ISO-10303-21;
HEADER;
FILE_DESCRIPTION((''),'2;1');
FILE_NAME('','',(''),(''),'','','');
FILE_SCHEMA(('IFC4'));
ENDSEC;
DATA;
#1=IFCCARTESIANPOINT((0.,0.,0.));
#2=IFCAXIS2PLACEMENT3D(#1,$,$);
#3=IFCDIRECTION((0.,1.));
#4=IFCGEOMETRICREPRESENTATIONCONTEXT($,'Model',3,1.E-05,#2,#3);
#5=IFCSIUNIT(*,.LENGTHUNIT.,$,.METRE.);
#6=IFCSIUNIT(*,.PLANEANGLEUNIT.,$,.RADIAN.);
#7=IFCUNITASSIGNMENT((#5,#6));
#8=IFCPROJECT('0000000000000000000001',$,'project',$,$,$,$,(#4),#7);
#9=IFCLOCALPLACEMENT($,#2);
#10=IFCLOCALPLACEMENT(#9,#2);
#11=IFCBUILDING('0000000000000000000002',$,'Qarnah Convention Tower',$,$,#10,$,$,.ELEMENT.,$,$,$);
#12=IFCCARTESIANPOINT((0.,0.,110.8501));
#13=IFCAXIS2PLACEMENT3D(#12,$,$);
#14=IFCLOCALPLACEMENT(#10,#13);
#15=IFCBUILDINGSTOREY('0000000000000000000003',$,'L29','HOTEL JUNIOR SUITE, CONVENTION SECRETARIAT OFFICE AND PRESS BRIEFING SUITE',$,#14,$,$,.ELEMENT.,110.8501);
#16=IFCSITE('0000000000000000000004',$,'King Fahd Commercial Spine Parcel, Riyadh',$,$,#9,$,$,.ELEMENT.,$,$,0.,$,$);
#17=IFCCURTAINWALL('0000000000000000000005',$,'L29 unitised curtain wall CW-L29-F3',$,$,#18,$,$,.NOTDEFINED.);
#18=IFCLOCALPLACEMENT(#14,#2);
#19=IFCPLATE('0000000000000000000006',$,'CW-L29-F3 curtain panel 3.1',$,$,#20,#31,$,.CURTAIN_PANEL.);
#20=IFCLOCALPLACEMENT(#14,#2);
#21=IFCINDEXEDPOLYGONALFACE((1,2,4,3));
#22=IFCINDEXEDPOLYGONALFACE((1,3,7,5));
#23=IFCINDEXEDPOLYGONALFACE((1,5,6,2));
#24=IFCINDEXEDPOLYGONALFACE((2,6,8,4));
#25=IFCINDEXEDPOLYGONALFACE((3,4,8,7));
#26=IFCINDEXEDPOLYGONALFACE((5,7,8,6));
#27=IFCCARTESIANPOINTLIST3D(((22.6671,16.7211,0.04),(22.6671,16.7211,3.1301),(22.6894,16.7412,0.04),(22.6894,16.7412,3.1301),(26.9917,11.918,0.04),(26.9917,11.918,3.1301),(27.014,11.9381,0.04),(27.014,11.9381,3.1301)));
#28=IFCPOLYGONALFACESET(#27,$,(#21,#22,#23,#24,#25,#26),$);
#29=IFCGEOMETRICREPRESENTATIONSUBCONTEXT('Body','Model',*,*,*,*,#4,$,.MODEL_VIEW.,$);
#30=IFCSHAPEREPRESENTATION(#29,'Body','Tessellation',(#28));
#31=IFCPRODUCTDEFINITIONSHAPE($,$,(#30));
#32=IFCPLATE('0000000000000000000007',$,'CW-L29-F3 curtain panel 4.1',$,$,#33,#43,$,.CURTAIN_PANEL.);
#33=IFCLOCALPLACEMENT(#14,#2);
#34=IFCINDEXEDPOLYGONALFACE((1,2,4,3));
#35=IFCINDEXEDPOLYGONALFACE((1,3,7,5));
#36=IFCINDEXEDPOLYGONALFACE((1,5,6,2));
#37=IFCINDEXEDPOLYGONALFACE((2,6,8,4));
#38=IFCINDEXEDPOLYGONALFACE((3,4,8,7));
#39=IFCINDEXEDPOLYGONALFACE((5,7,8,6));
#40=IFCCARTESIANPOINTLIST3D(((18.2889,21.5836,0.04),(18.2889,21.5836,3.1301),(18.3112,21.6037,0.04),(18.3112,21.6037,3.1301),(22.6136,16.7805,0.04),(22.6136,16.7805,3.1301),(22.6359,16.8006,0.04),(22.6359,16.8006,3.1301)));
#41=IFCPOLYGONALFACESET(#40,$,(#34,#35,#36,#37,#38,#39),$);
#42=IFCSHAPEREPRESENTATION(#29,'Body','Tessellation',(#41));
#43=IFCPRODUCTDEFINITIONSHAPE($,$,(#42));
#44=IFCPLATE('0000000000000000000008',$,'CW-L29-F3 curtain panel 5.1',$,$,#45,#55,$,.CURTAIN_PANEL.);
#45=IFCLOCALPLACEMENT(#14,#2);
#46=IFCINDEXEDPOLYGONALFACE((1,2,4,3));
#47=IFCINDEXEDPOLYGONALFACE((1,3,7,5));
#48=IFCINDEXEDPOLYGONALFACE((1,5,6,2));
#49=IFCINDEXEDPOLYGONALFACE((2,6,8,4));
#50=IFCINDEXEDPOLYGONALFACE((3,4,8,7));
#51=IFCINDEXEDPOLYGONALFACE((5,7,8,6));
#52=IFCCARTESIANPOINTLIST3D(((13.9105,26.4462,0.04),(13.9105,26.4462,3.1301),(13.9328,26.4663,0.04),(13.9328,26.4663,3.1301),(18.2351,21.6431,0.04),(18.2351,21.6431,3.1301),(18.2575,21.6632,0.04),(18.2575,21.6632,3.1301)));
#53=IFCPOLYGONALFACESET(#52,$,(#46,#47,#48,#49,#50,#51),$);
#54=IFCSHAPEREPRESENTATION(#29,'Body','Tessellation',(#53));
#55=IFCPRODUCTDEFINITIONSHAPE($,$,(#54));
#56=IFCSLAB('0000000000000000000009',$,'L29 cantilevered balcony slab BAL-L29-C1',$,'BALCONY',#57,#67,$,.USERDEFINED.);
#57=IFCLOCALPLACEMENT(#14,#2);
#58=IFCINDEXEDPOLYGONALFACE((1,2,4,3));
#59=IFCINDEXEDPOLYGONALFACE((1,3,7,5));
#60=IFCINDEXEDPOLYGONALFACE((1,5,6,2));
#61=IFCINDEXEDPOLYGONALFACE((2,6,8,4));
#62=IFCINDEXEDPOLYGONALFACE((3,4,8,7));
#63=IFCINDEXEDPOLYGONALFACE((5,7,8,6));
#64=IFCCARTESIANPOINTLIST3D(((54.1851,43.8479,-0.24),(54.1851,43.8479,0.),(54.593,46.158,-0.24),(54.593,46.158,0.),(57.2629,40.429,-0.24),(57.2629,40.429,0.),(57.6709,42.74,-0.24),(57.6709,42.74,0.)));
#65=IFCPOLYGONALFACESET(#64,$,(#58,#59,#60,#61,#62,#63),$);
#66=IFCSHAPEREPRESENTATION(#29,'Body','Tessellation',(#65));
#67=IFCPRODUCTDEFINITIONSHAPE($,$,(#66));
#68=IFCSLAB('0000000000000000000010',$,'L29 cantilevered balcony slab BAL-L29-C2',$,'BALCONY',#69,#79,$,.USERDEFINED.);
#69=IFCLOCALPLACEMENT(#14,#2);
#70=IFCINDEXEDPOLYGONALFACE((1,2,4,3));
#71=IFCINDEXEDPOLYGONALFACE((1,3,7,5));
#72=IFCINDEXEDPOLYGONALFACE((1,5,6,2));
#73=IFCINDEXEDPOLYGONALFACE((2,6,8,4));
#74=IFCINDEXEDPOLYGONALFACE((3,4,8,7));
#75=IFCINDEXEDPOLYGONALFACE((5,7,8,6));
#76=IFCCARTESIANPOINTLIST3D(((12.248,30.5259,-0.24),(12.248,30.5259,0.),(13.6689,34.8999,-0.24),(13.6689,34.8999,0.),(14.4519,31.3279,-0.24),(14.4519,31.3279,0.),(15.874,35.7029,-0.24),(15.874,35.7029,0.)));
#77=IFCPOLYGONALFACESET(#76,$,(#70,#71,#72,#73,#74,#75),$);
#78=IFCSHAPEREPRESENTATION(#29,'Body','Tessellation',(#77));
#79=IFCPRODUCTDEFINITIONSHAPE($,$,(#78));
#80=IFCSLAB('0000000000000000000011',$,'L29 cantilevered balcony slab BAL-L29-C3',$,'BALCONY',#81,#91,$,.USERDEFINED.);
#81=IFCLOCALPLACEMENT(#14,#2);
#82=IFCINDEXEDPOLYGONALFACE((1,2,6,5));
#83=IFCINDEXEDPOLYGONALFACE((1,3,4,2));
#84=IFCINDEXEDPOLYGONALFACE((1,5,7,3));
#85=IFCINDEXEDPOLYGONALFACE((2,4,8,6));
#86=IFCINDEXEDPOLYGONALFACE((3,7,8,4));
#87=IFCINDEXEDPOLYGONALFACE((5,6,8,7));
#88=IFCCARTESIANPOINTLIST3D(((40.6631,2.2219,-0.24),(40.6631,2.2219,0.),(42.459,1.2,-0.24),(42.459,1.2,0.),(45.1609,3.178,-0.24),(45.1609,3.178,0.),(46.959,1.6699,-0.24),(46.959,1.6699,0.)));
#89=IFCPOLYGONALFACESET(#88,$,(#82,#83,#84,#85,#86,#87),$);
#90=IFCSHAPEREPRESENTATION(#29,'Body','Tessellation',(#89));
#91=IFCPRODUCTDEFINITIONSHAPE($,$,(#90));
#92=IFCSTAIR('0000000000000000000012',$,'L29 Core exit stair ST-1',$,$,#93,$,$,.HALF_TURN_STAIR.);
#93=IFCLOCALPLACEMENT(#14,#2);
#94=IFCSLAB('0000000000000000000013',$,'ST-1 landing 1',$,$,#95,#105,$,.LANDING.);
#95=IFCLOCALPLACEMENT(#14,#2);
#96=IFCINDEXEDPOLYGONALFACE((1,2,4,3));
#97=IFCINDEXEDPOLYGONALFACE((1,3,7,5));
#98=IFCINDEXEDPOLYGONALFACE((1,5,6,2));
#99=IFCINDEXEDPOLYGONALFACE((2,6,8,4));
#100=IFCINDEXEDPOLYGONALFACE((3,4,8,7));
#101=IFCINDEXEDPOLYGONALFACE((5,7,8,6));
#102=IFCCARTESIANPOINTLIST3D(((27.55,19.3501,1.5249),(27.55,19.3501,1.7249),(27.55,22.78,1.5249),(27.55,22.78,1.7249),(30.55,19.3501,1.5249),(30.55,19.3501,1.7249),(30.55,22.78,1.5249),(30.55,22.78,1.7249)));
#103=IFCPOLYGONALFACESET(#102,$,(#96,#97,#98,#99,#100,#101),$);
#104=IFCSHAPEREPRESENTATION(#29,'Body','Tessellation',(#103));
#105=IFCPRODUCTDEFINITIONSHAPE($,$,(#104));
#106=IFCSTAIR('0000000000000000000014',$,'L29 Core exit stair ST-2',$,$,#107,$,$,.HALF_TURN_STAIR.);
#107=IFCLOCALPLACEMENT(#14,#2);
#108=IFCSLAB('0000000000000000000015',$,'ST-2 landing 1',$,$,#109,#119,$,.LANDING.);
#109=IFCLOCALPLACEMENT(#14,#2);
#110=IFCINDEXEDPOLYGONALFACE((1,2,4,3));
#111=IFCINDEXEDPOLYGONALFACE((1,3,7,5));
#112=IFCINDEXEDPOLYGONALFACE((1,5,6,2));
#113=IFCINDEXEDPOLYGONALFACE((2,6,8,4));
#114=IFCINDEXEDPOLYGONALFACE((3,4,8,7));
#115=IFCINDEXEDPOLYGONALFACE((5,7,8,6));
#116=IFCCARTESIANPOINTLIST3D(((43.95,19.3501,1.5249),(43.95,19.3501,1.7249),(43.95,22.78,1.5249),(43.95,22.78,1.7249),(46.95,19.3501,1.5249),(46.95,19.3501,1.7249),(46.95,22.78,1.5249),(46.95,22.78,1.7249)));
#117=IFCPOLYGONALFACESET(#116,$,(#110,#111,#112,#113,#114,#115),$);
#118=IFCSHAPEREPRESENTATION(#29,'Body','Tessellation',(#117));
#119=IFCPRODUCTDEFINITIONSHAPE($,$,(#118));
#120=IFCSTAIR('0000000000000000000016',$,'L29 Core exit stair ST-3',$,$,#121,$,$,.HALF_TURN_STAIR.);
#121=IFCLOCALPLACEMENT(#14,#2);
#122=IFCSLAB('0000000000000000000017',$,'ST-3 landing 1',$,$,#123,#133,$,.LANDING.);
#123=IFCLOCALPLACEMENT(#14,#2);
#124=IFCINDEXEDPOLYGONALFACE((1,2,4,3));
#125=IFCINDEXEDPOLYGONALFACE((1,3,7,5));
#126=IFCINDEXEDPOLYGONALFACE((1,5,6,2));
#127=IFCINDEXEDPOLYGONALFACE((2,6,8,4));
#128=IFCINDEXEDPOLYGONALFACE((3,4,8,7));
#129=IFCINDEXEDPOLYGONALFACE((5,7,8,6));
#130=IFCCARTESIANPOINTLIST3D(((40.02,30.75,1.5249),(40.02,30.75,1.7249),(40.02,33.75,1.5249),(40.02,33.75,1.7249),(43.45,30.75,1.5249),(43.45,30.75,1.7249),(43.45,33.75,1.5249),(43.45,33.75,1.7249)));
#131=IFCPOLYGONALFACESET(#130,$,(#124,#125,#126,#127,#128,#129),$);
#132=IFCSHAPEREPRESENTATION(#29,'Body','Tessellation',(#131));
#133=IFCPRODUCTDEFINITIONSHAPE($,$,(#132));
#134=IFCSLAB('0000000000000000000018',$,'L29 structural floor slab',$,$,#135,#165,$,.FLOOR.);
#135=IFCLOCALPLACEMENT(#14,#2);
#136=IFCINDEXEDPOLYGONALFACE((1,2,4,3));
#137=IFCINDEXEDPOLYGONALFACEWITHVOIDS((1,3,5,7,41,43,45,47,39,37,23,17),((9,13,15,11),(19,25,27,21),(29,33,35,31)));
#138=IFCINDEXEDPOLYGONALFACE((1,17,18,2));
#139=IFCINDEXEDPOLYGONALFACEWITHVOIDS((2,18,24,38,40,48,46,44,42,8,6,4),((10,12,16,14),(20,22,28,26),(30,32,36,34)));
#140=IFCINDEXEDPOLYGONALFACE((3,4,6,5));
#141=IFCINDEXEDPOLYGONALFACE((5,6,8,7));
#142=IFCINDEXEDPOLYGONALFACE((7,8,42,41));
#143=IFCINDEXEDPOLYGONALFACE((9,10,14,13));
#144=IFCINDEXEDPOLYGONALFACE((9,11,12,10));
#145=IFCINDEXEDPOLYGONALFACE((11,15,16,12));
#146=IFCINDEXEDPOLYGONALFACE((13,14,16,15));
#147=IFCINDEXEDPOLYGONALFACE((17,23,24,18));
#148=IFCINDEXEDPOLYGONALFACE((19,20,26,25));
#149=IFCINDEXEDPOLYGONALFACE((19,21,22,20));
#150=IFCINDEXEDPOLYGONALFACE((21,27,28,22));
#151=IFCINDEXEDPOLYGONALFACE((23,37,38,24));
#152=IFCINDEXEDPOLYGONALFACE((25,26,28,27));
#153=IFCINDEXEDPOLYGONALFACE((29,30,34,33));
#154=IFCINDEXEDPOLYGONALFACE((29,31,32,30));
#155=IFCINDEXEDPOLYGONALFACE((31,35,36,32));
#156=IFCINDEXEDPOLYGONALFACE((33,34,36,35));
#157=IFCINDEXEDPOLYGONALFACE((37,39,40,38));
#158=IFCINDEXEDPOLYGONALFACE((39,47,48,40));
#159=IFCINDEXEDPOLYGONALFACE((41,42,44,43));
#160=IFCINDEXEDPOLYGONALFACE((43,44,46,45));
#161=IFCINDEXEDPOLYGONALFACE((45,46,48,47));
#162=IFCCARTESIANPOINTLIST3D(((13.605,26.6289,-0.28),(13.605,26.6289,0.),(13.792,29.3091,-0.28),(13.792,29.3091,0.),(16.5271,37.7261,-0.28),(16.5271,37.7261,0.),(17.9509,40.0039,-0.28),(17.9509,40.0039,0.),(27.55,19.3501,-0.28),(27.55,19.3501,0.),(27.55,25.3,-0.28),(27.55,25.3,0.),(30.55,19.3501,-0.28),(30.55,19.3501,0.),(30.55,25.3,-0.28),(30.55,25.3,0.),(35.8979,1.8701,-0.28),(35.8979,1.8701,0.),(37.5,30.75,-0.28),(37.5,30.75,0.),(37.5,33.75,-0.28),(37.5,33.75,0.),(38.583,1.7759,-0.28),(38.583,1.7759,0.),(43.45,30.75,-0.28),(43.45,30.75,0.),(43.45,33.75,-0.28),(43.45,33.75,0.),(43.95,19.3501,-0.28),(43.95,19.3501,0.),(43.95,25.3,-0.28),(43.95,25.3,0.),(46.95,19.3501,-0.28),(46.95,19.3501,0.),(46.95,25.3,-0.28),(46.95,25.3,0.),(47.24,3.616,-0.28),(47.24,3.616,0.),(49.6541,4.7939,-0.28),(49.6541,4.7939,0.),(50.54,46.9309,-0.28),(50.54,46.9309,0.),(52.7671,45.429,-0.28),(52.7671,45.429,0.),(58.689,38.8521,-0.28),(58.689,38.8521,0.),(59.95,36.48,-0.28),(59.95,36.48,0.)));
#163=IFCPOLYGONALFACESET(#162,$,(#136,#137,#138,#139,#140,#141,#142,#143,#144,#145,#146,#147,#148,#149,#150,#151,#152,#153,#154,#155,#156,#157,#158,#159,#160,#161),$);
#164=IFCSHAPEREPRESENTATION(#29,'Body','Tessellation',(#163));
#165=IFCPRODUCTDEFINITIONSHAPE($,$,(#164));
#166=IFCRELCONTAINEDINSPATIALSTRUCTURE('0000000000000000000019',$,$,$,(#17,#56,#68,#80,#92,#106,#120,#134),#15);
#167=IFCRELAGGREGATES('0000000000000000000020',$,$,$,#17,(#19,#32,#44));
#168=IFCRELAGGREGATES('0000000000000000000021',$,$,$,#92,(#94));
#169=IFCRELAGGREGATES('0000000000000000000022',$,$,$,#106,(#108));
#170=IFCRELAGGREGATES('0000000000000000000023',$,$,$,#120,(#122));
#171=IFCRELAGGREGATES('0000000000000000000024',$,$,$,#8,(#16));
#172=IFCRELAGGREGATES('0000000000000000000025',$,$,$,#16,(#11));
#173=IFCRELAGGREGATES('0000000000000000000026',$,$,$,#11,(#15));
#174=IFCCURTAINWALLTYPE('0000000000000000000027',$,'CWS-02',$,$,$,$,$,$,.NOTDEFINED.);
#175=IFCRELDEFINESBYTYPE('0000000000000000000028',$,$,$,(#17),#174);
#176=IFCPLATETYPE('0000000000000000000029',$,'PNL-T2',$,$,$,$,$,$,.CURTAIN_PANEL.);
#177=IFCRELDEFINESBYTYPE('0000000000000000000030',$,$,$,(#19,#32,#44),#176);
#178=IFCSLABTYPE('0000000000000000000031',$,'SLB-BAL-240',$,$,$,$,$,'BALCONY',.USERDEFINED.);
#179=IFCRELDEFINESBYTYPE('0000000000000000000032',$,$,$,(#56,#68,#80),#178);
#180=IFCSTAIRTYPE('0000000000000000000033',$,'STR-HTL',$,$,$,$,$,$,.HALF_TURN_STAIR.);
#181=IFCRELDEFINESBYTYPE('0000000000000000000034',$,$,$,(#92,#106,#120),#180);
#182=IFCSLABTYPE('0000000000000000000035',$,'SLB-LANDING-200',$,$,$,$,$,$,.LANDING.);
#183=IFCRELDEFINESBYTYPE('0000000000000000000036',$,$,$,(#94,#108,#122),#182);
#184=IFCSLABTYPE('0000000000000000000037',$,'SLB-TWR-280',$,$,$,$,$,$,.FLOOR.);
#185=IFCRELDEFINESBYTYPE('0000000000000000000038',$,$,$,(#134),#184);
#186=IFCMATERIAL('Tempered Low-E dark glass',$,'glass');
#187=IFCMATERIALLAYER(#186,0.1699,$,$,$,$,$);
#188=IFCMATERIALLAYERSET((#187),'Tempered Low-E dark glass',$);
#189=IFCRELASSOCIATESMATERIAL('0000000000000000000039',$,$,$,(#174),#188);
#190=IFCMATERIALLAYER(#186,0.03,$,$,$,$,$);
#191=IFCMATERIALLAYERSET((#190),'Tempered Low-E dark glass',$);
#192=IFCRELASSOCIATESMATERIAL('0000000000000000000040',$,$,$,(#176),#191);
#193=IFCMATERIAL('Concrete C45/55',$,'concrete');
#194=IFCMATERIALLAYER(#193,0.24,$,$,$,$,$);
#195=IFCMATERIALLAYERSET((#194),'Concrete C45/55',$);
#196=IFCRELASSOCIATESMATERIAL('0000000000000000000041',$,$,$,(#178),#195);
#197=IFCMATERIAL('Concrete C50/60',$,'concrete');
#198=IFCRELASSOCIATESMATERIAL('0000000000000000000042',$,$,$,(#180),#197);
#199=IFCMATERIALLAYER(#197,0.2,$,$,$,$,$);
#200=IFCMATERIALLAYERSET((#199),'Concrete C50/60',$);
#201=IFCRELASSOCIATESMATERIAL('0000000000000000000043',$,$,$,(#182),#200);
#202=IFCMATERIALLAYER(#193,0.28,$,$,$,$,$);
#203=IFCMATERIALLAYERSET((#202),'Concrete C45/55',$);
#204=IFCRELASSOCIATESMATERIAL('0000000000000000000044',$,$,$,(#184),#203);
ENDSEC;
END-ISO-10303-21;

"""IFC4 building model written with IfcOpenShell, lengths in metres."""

from ifc_helpers import new_model, si_unit, direction, frame, origin, origin_2d, place, context, subcontext, project, spatial, polyline, rectangle, outline, extrude, material, layer, layer_set, type_object, element, aggregate, save


model = new_model("IFC4")

# Units and contexts
model_context = context("Model", 3, precision=1e-05, world=origin(), true_north=direction((0.0, 1.0)))
body_context = subcontext(model_context, "Body", "Model", "MODEL_VIEW")
ifc_project = project(units=[si_unit("LENGTHUNIT", "METRE"), si_unit("PLANEANGLEUNIT", "RADIAN")], contexts=[model_context])

# Site, building, storey
site_placement = place(None, origin())
site = spatial("IfcSite", under=ifc_project, at=site_placement, Name="King Fahd Commercial Spine Parcel, Riyadh", CompositionType="ELEMENT", RefElevation=0.0)
building_placement = place(site_placement, origin())
building = spatial("IfcBuilding", under=site, at=building_placement, Name="Qarnah Convention Tower", CompositionType="ELEMENT")
storey_placement = place(building_placement, frame((0.0, 0.0, 110.8501)))
storey = spatial("IfcBuildingStorey", under=building, at=storey_placement, Name="L29", Description="HOTEL JUNIOR SUITE, CONVENTION SECRETARIAT OFFICE AND PRESS BRIEFING SUITE", CompositionType="ELEMENT", Elevation=110.8501)

# Curtain wall, plates
ifc_material_1 = material(Name="Tempered Low-E dark glass", Category="glass")
ifc_layer_1 = layer(ifc_material_1, 0.1699)
ifc_layer_set_1 = layer_set([ifc_layer_1], Name="Tempered Low-E dark glass")
curtain_wall_type = type_object("IfcCurtainWallType", Name="CWS-02", PredefinedType="NOTDEFINED", material=ifc_layer_set_1)
curtain_wall_placement = place(storey_placement, origin())
curtain_wall = element("IfcCurtainWall", 1, at=curtain_wall_placement, inside=storey, type_object=curtain_wall_type, Name="L29 unitised curtain wall CW-L29-F3", PredefinedType="NOTDEFINED")
ifc_layer_2 = layer(ifc_material_1, 0.03)
ifc_layer_set_2 = layer_set([ifc_layer_2], Name="Tempered Low-E dark glass")
plate_type = type_object("IfcPlateType", Name="PNL-T2", PredefinedType="CURTAIN_PANEL", material=ifc_layer_set_2)
plate_1_placement = place(storey_placement, frame((24.8406, 14.3296, 0.04), z_axis=(0.0, 0.0, 1.0), x_axis=(-0.669122, 0.743153, 0.0)))
plate_1 = element("IfcPlate", 2, at=plate_1_placement, type_object=plate_type, Name="CW-L29-F3 curtain panel 3.1", PredefinedType="CURTAIN_PANEL", context=body_context, shape_type="SweptSolid", body=[
    extrude(rectangle(XDim=6.4631, YDim=0.03, at=origin_2d()), origin(), (0.0, 0.0, 1.0), 3.0901),
])
plate_2_placement = place(storey_placement, frame((20.4624, 19.1921, 0.04), z_axis=(0.0, 0.0, 1.0), x_axis=(-0.669122, 0.743153, 0.0)))
plate_2 = element("IfcPlate", 3, at=plate_2_placement, type_object=plate_type, Name="CW-L29-F3 curtain panel 4.1", PredefinedType="CURTAIN_PANEL", context=body_context, shape_type="SweptSolid", body=[
    extrude(rectangle(XDim=6.4631, YDim=0.03, at=origin_2d()), origin(), (0.0, 0.0, 1.0), 3.0901),
])
plate_3_placement = place(storey_placement, frame((16.084, 24.0547, 0.04), z_axis=(0.0, 0.0, 1.0), x_axis=(-0.669122, 0.743153, 0.0)))
plate_3 = element("IfcPlate", 4, at=plate_3_placement, type_object=plate_type, Name="CW-L29-F3 curtain panel 5.1", PredefinedType="CURTAIN_PANEL", context=body_context, shape_type="SweptSolid", body=[
    extrude(rectangle(XDim=6.4631, YDim=0.03, at=origin_2d()), origin(), (0.0, 0.0, 1.0), 3.0901),
])
aggregate(curtain_wall, [plate_1, plate_2, plate_3])

# Slabs
ifc_material_2 = material(Name="Concrete C45/55", Category="concrete")
ifc_layer_3 = layer(ifc_material_2, 0.24)
ifc_layer_set_3 = layer_set([ifc_layer_3], Name="Concrete C45/55")
slab_type_1 = type_object("IfcSlabType", Name="SLB-BAL-240", ElementType="BALCONY", PredefinedType="USERDEFINED", material=ifc_layer_set_3)
slab_1_placement = place(storey_placement, frame((0.0, 0.0, -0.24)))
element("IfcSlab", 5, at=slab_1_placement, inside=storey, type_object=slab_type_1, Name="L29 cantilevered balcony slab BAL-L29-C1", ObjectType="BALCONY", PredefinedType="USERDEFINED", context=body_context, shape_type="SweptSolid", body=[
    extrude(outline(polyline([(54.593, 46.158), (57.6709, 42.74), (57.2629, 40.429), (54.1851, 43.8479), (54.593, 46.158)])), origin(), (0.0, 0.0, 1.0), 0.24),
])
slab_2_placement = place(storey_placement, frame((0.0, 0.0, -0.24)))
element("IfcSlab", 6, at=slab_2_placement, inside=storey, type_object=slab_type_1, Name="L29 cantilevered balcony slab BAL-L29-C2", ObjectType="BALCONY", PredefinedType="USERDEFINED", context=body_context, shape_type="SweptSolid", body=[
    extrude(outline(polyline([(12.248, 30.5259), (13.6689, 34.8999), (15.874, 35.7029), (14.4519, 31.3279), (12.248, 30.5259)])), origin(), (0.0, 0.0, 1.0), 0.24),
])
slab_3_placement = place(storey_placement, frame((0.0, 0.0, -0.24)))
element("IfcSlab", 7, at=slab_3_placement, inside=storey, type_object=slab_type_1, Name="L29 cantilevered balcony slab BAL-L29-C3", ObjectType="BALCONY", PredefinedType="USERDEFINED", context=body_context, shape_type="SweptSolid", body=[
    extrude(outline(polyline([(46.959, 1.6699), (42.459, 1.2), (40.6631, 2.2219), (45.1609, 3.178), (46.959, 1.6699)])), origin(), (0.0, 0.0, 1.0), 0.24),
])

# Stairs, slabs
ifc_material_3 = material(Name="Concrete C50/60", Category="concrete")
stair_type = type_object("IfcStairType", Name="STR-HTL", PredefinedType="HALF_TURN_STAIR", material=ifc_material_3)
stair_1_placement = place(storey_placement, origin())
stair_1 = element("IfcStair", 8, at=stair_1_placement, inside=storey, type_object=stair_type, Name="L29 Core exit stair ST-1", PredefinedType="HALF_TURN_STAIR")
ifc_layer_4 = layer(ifc_material_3, 0.2)
ifc_layer_set_4 = layer_set([ifc_layer_4], Name="Concrete C50/60")
slab_type_2 = type_object("IfcSlabType", Name="SLB-LANDING-200", PredefinedType="LANDING", material=ifc_layer_set_4)
slab_4_placement = place(storey_placement, frame((0.0, 0.0, 1.5249)))
slab_4 = element("IfcSlab", 9, at=slab_4_placement, type_object=slab_type_2, Name="ST-1 landing 1", PredefinedType="LANDING", context=body_context, shape_type="SweptSolid", body=[
    extrude(outline(polyline([(27.55, 22.78), (27.55, 19.3501), (30.55, 19.3501), (30.55, 22.78), (27.55, 22.78)])), origin(), (0.0, 0.0, 1.0), 0.2),
])
aggregate(stair_1, [slab_4])
stair_2_placement = place(storey_placement, origin())
stair_2 = element("IfcStair", 10, at=stair_2_placement, inside=storey, type_object=stair_type, Name="L29 Core exit stair ST-2", PredefinedType="HALF_TURN_STAIR")
slab_5_placement = place(storey_placement, frame((0.0, 0.0, 1.5249)))
slab_5 = element("IfcSlab", 11, at=slab_5_placement, type_object=slab_type_2, Name="ST-2 landing 1", PredefinedType="LANDING", context=body_context, shape_type="SweptSolid", body=[
    extrude(outline(polyline([(43.95, 22.78), (43.95, 19.3501), (46.95, 19.3501), (46.95, 22.78), (43.95, 22.78)])), origin(), (0.0, 0.0, 1.0), 0.2),
])
aggregate(stair_2, [slab_5])
stair_3_placement = place(storey_placement, origin())
stair_3 = element("IfcStair", 12, at=stair_3_placement, inside=storey, type_object=stair_type, Name="L29 Core exit stair ST-3", PredefinedType="HALF_TURN_STAIR")
slab_6_placement = place(storey_placement, frame((0.0, 0.0, 1.5249)))
slab_6 = element("IfcSlab", 13, at=slab_6_placement, type_object=slab_type_2, Name="ST-3 landing 1", PredefinedType="LANDING", context=body_context, shape_type="SweptSolid", body=[
    extrude(outline(polyline([(40.02, 30.75), (43.45, 30.75), (43.45, 33.75), (40.02, 33.75), (40.02, 30.75)])), origin(), (0.0, 0.0, 1.0), 0.2),
])
aggregate(stair_3, [slab_6])

# Slab
ifc_layer_5 = layer(ifc_material_2, 0.28)
ifc_layer_set_5 = layer_set([ifc_layer_5], Name="Concrete C45/55")
slab_type_3 = type_object("IfcSlabType", Name="SLB-TWR-280", PredefinedType="FLOOR", material=ifc_layer_set_5)
slab_7_placement = place(storey_placement, frame((0.0, 0.0, -0.28)))
element("IfcSlab", 14, at=slab_7_placement, inside=storey, type_object=slab_type_3, Name="L29 structural floor slab", PredefinedType="FLOOR", context=body_context, shape_type="SweptSolid", body=[
    extrude(outline(polyline([(50.54, 46.9309), (17.9509, 40.0039), (16.5271, 37.7261), (13.792, 29.3091), (13.605, 26.6289), (35.8979, 1.8701), (38.583, 1.7759), (47.24, 3.616), (49.6541, 4.7939), (59.95, 36.48), (58.689, 38.8521), (52.7671, 45.429), (50.54, 46.9309)]), holes=[polyline([(27.55, 25.3), (27.55, 19.3501), (30.55, 19.3501), (30.55, 25.3), (27.55, 25.3)]), polyline([(43.95, 25.3), (43.95, 19.3501), (46.95, 19.3501), (46.95, 25.3), (43.95, 25.3)]), polyline([(37.5, 30.75), (43.45, 30.75), (43.45, 33.75), (37.5, 33.75), (37.5, 30.75)])]), origin(), (0.0, 0.0, 1.0), 0.28),
])

save(model, "model.ifc")
